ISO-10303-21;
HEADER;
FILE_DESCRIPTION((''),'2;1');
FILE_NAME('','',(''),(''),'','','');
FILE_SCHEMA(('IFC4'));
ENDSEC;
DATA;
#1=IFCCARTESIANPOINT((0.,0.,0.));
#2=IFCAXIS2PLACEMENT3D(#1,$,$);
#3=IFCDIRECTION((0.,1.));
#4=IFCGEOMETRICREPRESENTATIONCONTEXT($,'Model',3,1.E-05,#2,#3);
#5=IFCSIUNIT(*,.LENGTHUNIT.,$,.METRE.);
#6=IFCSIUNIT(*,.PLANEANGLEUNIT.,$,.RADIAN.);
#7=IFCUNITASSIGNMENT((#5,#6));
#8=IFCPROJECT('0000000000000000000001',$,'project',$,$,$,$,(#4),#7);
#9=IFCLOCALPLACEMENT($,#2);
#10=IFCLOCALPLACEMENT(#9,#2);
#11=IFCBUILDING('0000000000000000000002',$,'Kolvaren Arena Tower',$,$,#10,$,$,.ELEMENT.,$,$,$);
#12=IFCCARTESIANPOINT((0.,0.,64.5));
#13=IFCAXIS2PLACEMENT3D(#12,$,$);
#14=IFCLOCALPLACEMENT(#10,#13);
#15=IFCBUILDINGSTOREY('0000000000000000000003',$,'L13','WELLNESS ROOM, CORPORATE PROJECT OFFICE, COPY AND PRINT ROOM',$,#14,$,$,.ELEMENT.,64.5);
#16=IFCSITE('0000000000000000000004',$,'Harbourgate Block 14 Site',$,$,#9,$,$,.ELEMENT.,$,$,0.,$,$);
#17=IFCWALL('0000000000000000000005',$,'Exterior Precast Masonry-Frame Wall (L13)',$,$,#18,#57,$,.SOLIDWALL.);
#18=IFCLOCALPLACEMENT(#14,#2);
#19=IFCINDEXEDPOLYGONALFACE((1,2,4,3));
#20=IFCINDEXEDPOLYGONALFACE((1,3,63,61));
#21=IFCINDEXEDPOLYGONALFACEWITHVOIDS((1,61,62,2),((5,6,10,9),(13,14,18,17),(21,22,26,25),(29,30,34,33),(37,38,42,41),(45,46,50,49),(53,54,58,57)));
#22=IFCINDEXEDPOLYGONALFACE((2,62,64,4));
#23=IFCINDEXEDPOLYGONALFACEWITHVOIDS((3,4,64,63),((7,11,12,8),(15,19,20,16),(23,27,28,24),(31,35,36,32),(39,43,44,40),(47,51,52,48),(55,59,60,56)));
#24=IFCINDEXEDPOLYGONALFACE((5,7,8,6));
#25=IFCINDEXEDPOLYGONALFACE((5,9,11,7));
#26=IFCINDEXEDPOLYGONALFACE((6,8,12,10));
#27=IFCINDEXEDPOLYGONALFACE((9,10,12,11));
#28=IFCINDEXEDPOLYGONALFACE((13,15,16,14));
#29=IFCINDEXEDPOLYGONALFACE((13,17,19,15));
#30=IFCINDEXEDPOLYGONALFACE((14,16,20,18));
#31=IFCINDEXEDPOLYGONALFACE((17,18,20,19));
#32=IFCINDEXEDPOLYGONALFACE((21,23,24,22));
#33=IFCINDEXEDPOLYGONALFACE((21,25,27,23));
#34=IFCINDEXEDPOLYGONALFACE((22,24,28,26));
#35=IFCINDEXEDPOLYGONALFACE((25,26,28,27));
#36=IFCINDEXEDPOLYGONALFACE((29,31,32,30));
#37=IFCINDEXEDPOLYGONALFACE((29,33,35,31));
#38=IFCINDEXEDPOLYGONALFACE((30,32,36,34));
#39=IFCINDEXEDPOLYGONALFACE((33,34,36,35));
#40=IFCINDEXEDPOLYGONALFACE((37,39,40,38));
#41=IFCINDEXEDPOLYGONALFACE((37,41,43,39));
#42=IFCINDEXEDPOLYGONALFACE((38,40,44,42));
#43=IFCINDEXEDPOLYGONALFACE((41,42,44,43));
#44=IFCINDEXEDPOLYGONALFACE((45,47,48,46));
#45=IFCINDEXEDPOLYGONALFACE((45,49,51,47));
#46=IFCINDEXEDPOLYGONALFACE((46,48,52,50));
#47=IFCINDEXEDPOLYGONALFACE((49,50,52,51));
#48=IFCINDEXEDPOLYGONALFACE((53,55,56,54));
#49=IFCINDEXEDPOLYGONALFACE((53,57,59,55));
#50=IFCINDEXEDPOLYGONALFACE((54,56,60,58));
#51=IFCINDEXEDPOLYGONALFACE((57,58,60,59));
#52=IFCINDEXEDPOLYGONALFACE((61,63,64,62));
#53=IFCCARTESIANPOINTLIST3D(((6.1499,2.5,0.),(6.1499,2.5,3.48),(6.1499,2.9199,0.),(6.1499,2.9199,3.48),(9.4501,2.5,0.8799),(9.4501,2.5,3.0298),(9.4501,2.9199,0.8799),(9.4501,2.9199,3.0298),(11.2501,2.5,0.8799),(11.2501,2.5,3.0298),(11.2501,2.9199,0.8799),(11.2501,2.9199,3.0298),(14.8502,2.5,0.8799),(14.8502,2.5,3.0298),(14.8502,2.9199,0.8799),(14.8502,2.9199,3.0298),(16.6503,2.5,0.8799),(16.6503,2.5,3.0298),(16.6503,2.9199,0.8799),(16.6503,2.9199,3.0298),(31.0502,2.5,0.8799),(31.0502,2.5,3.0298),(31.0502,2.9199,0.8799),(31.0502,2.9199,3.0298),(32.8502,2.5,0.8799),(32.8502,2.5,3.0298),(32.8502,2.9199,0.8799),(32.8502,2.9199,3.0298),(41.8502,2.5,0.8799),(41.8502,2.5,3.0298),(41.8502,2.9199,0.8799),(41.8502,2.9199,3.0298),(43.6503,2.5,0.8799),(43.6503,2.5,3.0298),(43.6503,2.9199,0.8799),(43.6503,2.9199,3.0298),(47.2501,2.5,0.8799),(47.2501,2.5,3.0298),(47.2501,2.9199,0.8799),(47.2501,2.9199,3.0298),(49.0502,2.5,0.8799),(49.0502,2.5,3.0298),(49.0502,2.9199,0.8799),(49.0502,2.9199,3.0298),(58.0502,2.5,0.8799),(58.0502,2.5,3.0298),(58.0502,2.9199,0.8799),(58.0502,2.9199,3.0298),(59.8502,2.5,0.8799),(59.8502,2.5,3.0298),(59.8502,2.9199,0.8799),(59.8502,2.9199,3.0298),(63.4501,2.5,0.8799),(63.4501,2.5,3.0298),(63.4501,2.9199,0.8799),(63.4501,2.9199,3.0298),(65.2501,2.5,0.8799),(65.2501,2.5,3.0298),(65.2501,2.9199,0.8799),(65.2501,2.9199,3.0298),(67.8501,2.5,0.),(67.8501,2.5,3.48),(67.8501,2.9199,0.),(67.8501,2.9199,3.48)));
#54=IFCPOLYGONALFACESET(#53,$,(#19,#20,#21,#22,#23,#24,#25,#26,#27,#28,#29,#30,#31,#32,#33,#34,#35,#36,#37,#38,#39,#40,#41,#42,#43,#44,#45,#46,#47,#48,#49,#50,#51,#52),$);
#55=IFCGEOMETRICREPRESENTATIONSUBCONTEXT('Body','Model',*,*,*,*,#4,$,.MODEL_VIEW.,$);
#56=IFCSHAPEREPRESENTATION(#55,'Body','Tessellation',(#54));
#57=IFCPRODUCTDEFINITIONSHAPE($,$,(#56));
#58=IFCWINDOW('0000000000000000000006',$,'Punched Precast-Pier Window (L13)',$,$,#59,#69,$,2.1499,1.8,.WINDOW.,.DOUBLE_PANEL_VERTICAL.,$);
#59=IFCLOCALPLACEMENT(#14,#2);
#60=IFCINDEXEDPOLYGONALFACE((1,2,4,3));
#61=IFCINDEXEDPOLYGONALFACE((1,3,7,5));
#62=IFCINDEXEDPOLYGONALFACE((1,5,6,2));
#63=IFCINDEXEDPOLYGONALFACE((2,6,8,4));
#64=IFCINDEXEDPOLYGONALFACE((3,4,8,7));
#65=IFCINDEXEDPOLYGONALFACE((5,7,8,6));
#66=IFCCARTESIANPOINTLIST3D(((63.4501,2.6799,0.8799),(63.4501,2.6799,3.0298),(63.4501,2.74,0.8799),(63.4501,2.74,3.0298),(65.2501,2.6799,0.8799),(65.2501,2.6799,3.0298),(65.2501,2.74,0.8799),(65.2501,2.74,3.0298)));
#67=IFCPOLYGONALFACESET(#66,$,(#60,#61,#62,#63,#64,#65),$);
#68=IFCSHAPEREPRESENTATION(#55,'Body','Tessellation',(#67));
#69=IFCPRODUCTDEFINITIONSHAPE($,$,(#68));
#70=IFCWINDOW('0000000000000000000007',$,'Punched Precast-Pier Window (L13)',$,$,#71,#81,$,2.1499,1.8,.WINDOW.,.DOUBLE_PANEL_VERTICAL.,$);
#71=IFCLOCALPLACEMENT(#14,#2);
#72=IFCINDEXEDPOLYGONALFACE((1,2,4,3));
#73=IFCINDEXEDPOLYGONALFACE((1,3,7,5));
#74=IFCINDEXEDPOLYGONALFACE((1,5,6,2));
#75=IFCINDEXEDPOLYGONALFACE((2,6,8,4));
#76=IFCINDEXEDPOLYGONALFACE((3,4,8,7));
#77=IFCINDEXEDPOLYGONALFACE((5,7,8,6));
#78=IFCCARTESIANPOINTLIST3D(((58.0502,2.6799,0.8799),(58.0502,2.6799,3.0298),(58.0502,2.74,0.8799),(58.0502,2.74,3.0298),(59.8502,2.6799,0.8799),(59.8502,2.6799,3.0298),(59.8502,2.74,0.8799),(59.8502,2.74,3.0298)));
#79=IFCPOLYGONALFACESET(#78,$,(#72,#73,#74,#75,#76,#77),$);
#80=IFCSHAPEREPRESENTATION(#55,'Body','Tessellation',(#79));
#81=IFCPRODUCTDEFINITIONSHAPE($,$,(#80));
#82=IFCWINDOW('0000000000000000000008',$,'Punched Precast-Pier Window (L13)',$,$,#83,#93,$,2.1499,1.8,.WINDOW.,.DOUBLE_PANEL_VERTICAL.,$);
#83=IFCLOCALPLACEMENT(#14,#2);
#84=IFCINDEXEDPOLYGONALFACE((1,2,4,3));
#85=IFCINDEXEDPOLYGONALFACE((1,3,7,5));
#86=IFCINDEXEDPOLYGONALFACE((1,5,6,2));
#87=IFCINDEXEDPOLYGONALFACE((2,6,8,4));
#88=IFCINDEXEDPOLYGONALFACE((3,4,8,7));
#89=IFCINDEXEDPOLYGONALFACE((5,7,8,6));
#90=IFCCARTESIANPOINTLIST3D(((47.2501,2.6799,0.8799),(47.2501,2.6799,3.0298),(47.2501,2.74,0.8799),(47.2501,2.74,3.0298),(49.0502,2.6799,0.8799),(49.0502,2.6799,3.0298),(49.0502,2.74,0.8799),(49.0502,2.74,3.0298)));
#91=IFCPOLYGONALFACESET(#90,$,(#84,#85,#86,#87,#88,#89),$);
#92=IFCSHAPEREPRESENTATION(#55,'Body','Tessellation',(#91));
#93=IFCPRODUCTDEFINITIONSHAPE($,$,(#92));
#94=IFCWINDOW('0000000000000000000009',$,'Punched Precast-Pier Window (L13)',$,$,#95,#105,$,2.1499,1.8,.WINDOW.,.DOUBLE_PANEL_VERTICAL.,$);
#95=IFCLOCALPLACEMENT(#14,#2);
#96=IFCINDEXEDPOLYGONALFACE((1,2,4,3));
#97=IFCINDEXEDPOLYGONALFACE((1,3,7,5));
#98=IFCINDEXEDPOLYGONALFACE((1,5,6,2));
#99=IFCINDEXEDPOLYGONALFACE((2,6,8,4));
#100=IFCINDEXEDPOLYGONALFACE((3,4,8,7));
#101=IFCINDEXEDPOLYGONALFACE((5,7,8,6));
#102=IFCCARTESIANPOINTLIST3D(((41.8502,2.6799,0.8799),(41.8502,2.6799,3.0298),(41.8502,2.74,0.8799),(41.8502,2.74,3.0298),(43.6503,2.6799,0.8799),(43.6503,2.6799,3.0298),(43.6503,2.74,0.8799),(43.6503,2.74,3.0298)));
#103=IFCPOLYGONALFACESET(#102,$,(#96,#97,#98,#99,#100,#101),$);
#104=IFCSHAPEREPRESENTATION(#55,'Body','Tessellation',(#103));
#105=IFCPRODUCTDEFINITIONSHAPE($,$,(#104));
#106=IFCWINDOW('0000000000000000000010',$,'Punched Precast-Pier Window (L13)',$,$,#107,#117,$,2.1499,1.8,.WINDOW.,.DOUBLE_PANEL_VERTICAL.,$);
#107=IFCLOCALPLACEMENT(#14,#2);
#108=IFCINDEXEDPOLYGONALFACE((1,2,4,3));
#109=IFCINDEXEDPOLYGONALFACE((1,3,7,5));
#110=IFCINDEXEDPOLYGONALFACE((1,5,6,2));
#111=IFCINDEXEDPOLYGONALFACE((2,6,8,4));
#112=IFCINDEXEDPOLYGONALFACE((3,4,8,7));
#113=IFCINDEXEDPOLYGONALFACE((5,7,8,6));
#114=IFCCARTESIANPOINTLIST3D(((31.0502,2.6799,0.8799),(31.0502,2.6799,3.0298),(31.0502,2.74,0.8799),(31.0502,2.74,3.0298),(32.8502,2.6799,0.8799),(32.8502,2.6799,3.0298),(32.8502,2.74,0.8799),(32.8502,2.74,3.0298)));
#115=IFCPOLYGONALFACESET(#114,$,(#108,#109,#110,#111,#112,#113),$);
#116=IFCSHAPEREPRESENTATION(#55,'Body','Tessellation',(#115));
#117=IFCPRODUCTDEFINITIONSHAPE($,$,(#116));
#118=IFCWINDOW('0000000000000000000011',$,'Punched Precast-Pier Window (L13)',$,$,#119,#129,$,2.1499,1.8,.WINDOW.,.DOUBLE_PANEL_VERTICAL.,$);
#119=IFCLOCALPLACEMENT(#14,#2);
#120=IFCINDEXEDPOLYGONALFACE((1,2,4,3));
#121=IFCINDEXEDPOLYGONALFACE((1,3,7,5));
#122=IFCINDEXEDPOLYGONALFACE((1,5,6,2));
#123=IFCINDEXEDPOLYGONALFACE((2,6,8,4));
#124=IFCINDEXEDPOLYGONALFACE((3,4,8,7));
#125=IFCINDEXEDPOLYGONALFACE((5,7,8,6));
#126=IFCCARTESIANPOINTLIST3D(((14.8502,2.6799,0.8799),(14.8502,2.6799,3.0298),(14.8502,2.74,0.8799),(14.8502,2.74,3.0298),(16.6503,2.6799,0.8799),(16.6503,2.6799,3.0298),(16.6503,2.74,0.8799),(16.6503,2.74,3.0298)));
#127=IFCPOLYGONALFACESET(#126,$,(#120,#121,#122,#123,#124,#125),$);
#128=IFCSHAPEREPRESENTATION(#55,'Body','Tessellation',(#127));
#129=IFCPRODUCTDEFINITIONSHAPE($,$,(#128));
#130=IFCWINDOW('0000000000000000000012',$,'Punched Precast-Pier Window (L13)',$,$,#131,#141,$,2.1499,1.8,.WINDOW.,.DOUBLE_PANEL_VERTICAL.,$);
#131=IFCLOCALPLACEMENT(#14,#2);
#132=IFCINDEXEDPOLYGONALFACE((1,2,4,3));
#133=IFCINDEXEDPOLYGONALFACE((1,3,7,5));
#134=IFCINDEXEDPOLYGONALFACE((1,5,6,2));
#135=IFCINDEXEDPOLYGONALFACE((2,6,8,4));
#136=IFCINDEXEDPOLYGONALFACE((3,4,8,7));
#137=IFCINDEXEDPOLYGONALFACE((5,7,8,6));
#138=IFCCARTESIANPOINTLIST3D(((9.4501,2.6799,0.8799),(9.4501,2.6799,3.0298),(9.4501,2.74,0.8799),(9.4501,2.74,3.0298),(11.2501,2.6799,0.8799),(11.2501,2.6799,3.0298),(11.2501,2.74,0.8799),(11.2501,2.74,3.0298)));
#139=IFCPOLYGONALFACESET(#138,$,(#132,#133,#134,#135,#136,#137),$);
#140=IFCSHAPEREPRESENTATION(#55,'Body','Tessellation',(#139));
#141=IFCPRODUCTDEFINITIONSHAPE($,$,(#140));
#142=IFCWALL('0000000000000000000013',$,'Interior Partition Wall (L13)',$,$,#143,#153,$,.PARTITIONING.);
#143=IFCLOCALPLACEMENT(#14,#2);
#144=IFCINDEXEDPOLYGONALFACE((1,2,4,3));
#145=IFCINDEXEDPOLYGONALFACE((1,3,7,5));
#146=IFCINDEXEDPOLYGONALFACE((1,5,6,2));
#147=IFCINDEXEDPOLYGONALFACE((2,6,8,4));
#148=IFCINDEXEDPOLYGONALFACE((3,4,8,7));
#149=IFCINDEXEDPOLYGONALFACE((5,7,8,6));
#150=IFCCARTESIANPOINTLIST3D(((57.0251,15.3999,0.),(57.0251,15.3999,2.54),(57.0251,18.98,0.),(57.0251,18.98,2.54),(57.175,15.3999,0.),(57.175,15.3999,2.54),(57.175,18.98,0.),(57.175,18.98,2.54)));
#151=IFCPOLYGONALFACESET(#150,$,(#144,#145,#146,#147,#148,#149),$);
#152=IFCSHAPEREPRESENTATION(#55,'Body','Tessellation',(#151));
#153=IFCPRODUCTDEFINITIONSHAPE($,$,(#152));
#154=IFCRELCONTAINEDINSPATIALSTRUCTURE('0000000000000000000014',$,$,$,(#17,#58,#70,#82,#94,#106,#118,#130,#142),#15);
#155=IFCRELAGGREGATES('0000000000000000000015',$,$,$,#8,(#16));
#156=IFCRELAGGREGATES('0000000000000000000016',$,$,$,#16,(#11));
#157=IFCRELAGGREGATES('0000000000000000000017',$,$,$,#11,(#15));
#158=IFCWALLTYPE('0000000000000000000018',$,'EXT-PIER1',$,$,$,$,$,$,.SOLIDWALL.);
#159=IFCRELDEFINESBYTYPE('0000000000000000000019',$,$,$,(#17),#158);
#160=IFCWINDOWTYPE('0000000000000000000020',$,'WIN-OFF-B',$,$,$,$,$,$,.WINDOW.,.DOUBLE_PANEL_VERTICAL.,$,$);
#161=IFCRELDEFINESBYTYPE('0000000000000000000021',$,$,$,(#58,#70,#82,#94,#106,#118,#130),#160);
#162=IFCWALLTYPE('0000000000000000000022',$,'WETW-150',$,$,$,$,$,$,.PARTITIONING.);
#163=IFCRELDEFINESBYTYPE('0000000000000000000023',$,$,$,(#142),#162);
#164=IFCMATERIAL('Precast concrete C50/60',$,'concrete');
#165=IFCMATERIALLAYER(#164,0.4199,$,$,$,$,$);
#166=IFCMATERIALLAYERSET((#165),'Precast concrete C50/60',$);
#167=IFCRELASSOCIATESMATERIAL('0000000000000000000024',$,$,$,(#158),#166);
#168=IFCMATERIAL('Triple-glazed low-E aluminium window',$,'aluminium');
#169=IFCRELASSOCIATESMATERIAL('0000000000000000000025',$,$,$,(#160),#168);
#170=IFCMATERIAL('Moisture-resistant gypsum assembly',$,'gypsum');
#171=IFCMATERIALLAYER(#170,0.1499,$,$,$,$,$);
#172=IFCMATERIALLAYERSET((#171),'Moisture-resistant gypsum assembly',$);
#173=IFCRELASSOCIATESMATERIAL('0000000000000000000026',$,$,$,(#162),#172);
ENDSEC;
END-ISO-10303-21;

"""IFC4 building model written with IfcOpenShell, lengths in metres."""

from ifc_helpers import new_model, si_unit, direction, frame, frame_2d, origin, place, context, subcontext, project, spatial, rectangle, extrude, material, layer, layer_set, type_object, element, fill, save


model = new_model("IFC4")

# Units and contexts
model_context = context("Model", 3, precision=1e-05, world=origin(), true_north=direction((0.0, 1.0)))
body_context = subcontext(model_context, "Body", "Model", "MODEL_VIEW")
ifc_project = project(units=[si_unit("LENGTHUNIT", "METRE"), si_unit("PLANEANGLEUNIT", "RADIAN")], contexts=[model_context])

# Site, building, storey
site_placement = place(None, origin())
site = spatial("IfcSite", under=ifc_project, at=site_placement, Name="Harbourgate Block 14 Site", CompositionType="ELEMENT", RefElevation=0.0)
building_placement = place(site_placement, origin())
building = spatial("IfcBuilding", under=site, at=building_placement, Name="Kolvaren Arena Tower", CompositionType="ELEMENT")
storey_placement = place(building_placement, frame((0.0, 0.0, 64.5)))
storey = spatial("IfcBuildingStorey", under=building, at=storey_placement, Name="L13", Description="WELLNESS ROOM, CORPORATE PROJECT OFFICE, COPY AND PRINT ROOM", CompositionType="ELEMENT", Elevation=64.5)

# Shared definitions
ifc_material_1 = material(Name="Precast concrete C50/60", Category="concrete")
ifc_layer_1 = layer(ifc_material_1, 0.4199)
ifc_layer_set_1 = layer_set([ifc_layer_1], Name="Precast concrete C50/60")
wall_type_1 = type_object("IfcWallType", Name="EXT-PIER1", PredefinedType="SOLIDWALL", material=ifc_layer_set_1)

# Wall, openings, windows
wall_1_placement = place(storey_placement, frame((67.8501, 2.71, 0.0), z_axis=(0.0, 0.0, 1.0), x_axis=(-1.0, 0.0, 0.0)))
wall_1 = element("IfcWall", 1, at=wall_1_placement, inside=storey, type_object=wall_type_1, Name="Exterior Precast Masonry-Frame Wall (L13)", PredefinedType="SOLIDWALL", context=body_context, shape_type="SweptSolid", body=[
    extrude(rectangle(XDim=61.7002, YDim=0.4199, at=frame_2d((30.8501, 0.0))), origin(), (0.0, 0.0, 1.0), 3.48),
])
opening_1_placement = place(wall_1_placement, frame((2.6001, 0.0, 0.8799)))
opening_1 = element("IfcOpeningElement", 2, at=opening_1_placement, cuts=wall_1, PredefinedType="OPENING", context=body_context, shape_type="SweptSolid", body=[
    extrude(rectangle(XDim=1.8, YDim=2.1499, at=frame_2d((0.8999, 1.075))), frame((0.0, 0.22, 0.0), z_axis=(0.0, -1.0, 0.0), x_axis=(1.0, 0.0, 0.0)), (0.0, 0.0, 1.0), 0.4399),
])
opening_2_placement = place(wall_1_placement, frame((8.0, 0.0, 0.8799)))
opening_2 = element("IfcOpeningElement", 3, at=opening_2_placement, cuts=wall_1, PredefinedType="OPENING", context=body_context, shape_type="SweptSolid", body=[
    extrude(rectangle(XDim=1.8, YDim=2.1499, at=frame_2d((0.8999, 1.075))), frame((0.0, 0.22, 0.0), z_axis=(0.0, -1.0, 0.0), x_axis=(1.0, 0.0, 0.0)), (0.0, 0.0, 1.0), 0.4399),
])
opening_3_placement = place(wall_1_placement, frame((18.8, 0.0, 0.8799)))
opening_3 = element("IfcOpeningElement", 4, at=opening_3_placement, cuts=wall_1, PredefinedType="OPENING", context=body_context, shape_type="SweptSolid", body=[
    extrude(rectangle(XDim=1.8, YDim=2.1499, at=frame_2d((0.8999, 1.075))), frame((0.0, 0.22, 0.0), z_axis=(0.0, -1.0, 0.0), x_axis=(1.0, 0.0, 0.0)), (0.0, 0.0, 1.0), 0.4399),
])
opening_4_placement = place(wall_1_placement, frame((24.2, 0.0, 0.8799)))
opening_4 = element("IfcOpeningElement", 5, at=opening_4_placement, cuts=wall_1, PredefinedType="OPENING", context=body_context, shape_type="SweptSolid", body=[
    extrude(rectangle(XDim=1.8, YDim=2.1499, at=frame_2d((0.8999, 1.075))), frame((0.0, 0.22, 0.0), z_axis=(0.0, -1.0, 0.0), x_axis=(1.0, 0.0, 0.0)), (0.0, 0.0, 1.0), 0.4399),
])
opening_5_placement = place(wall_1_placement, frame((35.0, 0.0, 0.8799)))
opening_5 = element("IfcOpeningElement", 6, at=opening_5_placement, cuts=wall_1, PredefinedType="OPENING", context=body_context, shape_type="SweptSolid", body=[
    extrude(rectangle(XDim=1.8, YDim=2.1499, at=frame_2d((0.8999, 1.075))), frame((0.0, 0.22, 0.0), z_axis=(0.0, -1.0, 0.0), x_axis=(1.0, 0.0, 0.0)), (0.0, 0.0, 1.0), 0.4399),
])
opening_6_placement = place(wall_1_placement, frame((51.2, 0.0, 0.8799)))
opening_6 = element("IfcOpeningElement", 7, at=opening_6_placement, cuts=wall_1, PredefinedType="OPENING", context=body_context, shape_type="SweptSolid", body=[
    extrude(rectangle(XDim=1.8, YDim=2.1499, at=frame_2d((0.8999, 1.075))), frame((0.0, 0.22, 0.0), z_axis=(0.0, -1.0, 0.0), x_axis=(1.0, 0.0, 0.0)), (0.0, 0.0, 1.0), 0.4399),
])
opening_7_placement = place(wall_1_placement, frame((56.6001, 0.0, 0.8799)))
opening_7 = element("IfcOpeningElement", 8, at=opening_7_placement, cuts=wall_1, PredefinedType="OPENING", context=body_context, shape_type="SweptSolid", body=[
    extrude(rectangle(XDim=1.8, YDim=2.1499, at=frame_2d((0.8999, 1.075))), frame((0.0, 0.22, 0.0), z_axis=(0.0, -1.0, 0.0), x_axis=(1.0, 0.0, 0.0)), (0.0, 0.0, 1.0), 0.4399),
])
ifc_material_2 = material(Name="Triple-glazed low-E aluminium window", Category="aluminium")
window_type = type_object("IfcWindowType", Name="WIN-OFF-B", PartitioningType="DOUBLE_PANEL_VERTICAL", PredefinedType="WINDOW", material=ifc_material_2)
window_1_placement = place(opening_1_placement, origin())
window_1 = element("IfcWindow", 9, at=window_1_placement, inside=storey, type_object=window_type, Name="Punched Precast-Pier Window (L13)", OverallHeight=2.1499, OverallWidth=1.8, PartitioningType="DOUBLE_PANEL_VERTICAL", PredefinedType="WINDOW", context=body_context, shape_type="SweptSolid", body=[
    extrude(rectangle(XDim=1.8, YDim=2.1499, at=frame_2d((0.8999, 1.075))), frame((0.0, 0.03, 0.0), z_axis=(0.0, -1.0, 0.0), x_axis=(1.0, 0.0, 0.0)), (0.0, 0.0, 1.0), 0.0601),
])
fill(opening_1, window_1)
window_2_placement = place(opening_2_placement, origin())
window_2 = element("IfcWindow", 10, at=window_2_placement, inside=storey, type_object=window_type, Name="Punched Precast-Pier Window (L13)", OverallHeight=2.1499, OverallWidth=1.8, PartitioningType="DOUBLE_PANEL_VERTICAL", PredefinedType="WINDOW", context=body_context, shape_type="SweptSolid", body=[
    extrude(rectangle(XDim=1.8, YDim=2.1499, at=frame_2d((0.8999, 1.075))), frame((0.0, 0.03, 0.0), z_axis=(0.0, -1.0, 0.0), x_axis=(1.0, 0.0, 0.0)), (0.0, 0.0, 1.0), 0.0601),
])
fill(opening_2, window_2)
window_3_placement = place(opening_3_placement, origin())
window_3 = element("IfcWindow", 11, at=window_3_placement, inside=storey, type_object=window_type, Name="Punched Precast-Pier Window (L13)", OverallHeight=2.1499, OverallWidth=1.8, PartitioningType="DOUBLE_PANEL_VERTICAL", PredefinedType="WINDOW", context=body_context, shape_type="SweptSolid", body=[
    extrude(rectangle(XDim=1.8, YDim=2.1499, at=frame_2d((0.8999, 1.075))), frame((0.0, 0.03, 0.0), z_axis=(0.0, -1.0, 0.0), x_axis=(1.0, 0.0, 0.0)), (0.0, 0.0, 1.0), 0.0601),
])
fill(opening_3, window_3)
window_4_placement = place(opening_4_placement, origin())
window_4 = element("IfcWindow", 12, at=window_4_placement, inside=storey, type_object=window_type, Name="Punched Precast-Pier Window (L13)", OverallHeight=2.1499, OverallWidth=1.8, PartitioningType="DOUBLE_PANEL_VERTICAL", PredefinedType="WINDOW", context=body_context, shape_type="SweptSolid", body=[
    extrude(rectangle(XDim=1.8, YDim=2.1499, at=frame_2d((0.8999, 1.075))), frame((0.0, 0.03, 0.0), z_axis=(0.0, -1.0, 0.0), x_axis=(1.0, 0.0, 0.0)), (0.0, 0.0, 1.0), 0.0601),
])
fill(opening_4, window_4)
window_5_placement = place(opening_5_placement, origin())
window_5 = element("IfcWindow", 13, at=window_5_placement, inside=storey, type_object=window_type, Name="Punched Precast-Pier Window (L13)", OverallHeight=2.1499, OverallWidth=1.8, PartitioningType="DOUBLE_PANEL_VERTICAL", PredefinedType="WINDOW", context=body_context, shape_type="SweptSolid", body=[
    extrude(rectangle(XDim=1.8, YDim=2.1499, at=frame_2d((0.8999, 1.075))), frame((0.0, 0.03, 0.0), z_axis=(0.0, -1.0, 0.0), x_axis=(1.0, 0.0, 0.0)), (0.0, 0.0, 1.0), 0.0601),
])
fill(opening_5, window_5)
window_6_placement = place(opening_6_placement, origin())
window_6 = element("IfcWindow", 14, at=window_6_placement, inside=storey, type_object=window_type, Name="Punched Precast-Pier Window (L13)", OverallHeight=2.1499, OverallWidth=1.8, PartitioningType="DOUBLE_PANEL_VERTICAL", PredefinedType="WINDOW", context=body_context, shape_type="SweptSolid", body=[
    extrude(rectangle(XDim=1.8, YDim=2.1499, at=frame_2d((0.8999, 1.075))), frame((0.0, 0.03, 0.0), z_axis=(0.0, -1.0, 0.0), x_axis=(1.0, 0.0, 0.0)), (0.0, 0.0, 1.0), 0.0601),
])
fill(opening_6, window_6)
window_7_placement = place(opening_7_placement, origin())
window_7 = element("IfcWindow", 15, at=window_7_placement, inside=storey, type_object=window_type, Name="Punched Precast-Pier Window (L13)", OverallHeight=2.1499, OverallWidth=1.8, PartitioningType="DOUBLE_PANEL_VERTICAL", PredefinedType="WINDOW", context=body_context, shape_type="SweptSolid", body=[
    extrude(rectangle(XDim=1.8, YDim=2.1499, at=frame_2d((0.8999, 1.075))), frame((0.0, 0.03, 0.0), z_axis=(0.0, -1.0, 0.0), x_axis=(1.0, 0.0, 0.0)), (0.0, 0.0, 1.0), 0.0601),
])
fill(opening_7, window_7)

# Wall
ifc_material_3 = material(Name="Moisture-resistant gypsum assembly", Category="gypsum")
ifc_layer_2 = layer(ifc_material_3, 0.1499)
ifc_layer_set_2 = layer_set([ifc_layer_2], Name="Moisture-resistant gypsum assembly")
wall_type_2 = type_object("IfcWallType", Name="WETW-150", PredefinedType="PARTITIONING", material=ifc_layer_set_2)
wall_2_placement = place(storey_placement, frame((57.1001, 15.3999, 0.0), z_axis=(0.0, 0.0, 1.0), x_axis=(0.0, 1.0, 0.0)))
element("IfcWall", 16, at=wall_2_placement, inside=storey, type_object=wall_type_2, Name="Interior Partition Wall (L13)", PredefinedType="PARTITIONING", context=body_context, shape_type="SweptSolid", body=[
    extrude(rectangle(XDim=3.5801, YDim=0.1499, at=frame_2d((1.79, 0.0))), origin(), (0.0, 0.0, 1.0), 2.54),
])

save(model, "model.ifc")
